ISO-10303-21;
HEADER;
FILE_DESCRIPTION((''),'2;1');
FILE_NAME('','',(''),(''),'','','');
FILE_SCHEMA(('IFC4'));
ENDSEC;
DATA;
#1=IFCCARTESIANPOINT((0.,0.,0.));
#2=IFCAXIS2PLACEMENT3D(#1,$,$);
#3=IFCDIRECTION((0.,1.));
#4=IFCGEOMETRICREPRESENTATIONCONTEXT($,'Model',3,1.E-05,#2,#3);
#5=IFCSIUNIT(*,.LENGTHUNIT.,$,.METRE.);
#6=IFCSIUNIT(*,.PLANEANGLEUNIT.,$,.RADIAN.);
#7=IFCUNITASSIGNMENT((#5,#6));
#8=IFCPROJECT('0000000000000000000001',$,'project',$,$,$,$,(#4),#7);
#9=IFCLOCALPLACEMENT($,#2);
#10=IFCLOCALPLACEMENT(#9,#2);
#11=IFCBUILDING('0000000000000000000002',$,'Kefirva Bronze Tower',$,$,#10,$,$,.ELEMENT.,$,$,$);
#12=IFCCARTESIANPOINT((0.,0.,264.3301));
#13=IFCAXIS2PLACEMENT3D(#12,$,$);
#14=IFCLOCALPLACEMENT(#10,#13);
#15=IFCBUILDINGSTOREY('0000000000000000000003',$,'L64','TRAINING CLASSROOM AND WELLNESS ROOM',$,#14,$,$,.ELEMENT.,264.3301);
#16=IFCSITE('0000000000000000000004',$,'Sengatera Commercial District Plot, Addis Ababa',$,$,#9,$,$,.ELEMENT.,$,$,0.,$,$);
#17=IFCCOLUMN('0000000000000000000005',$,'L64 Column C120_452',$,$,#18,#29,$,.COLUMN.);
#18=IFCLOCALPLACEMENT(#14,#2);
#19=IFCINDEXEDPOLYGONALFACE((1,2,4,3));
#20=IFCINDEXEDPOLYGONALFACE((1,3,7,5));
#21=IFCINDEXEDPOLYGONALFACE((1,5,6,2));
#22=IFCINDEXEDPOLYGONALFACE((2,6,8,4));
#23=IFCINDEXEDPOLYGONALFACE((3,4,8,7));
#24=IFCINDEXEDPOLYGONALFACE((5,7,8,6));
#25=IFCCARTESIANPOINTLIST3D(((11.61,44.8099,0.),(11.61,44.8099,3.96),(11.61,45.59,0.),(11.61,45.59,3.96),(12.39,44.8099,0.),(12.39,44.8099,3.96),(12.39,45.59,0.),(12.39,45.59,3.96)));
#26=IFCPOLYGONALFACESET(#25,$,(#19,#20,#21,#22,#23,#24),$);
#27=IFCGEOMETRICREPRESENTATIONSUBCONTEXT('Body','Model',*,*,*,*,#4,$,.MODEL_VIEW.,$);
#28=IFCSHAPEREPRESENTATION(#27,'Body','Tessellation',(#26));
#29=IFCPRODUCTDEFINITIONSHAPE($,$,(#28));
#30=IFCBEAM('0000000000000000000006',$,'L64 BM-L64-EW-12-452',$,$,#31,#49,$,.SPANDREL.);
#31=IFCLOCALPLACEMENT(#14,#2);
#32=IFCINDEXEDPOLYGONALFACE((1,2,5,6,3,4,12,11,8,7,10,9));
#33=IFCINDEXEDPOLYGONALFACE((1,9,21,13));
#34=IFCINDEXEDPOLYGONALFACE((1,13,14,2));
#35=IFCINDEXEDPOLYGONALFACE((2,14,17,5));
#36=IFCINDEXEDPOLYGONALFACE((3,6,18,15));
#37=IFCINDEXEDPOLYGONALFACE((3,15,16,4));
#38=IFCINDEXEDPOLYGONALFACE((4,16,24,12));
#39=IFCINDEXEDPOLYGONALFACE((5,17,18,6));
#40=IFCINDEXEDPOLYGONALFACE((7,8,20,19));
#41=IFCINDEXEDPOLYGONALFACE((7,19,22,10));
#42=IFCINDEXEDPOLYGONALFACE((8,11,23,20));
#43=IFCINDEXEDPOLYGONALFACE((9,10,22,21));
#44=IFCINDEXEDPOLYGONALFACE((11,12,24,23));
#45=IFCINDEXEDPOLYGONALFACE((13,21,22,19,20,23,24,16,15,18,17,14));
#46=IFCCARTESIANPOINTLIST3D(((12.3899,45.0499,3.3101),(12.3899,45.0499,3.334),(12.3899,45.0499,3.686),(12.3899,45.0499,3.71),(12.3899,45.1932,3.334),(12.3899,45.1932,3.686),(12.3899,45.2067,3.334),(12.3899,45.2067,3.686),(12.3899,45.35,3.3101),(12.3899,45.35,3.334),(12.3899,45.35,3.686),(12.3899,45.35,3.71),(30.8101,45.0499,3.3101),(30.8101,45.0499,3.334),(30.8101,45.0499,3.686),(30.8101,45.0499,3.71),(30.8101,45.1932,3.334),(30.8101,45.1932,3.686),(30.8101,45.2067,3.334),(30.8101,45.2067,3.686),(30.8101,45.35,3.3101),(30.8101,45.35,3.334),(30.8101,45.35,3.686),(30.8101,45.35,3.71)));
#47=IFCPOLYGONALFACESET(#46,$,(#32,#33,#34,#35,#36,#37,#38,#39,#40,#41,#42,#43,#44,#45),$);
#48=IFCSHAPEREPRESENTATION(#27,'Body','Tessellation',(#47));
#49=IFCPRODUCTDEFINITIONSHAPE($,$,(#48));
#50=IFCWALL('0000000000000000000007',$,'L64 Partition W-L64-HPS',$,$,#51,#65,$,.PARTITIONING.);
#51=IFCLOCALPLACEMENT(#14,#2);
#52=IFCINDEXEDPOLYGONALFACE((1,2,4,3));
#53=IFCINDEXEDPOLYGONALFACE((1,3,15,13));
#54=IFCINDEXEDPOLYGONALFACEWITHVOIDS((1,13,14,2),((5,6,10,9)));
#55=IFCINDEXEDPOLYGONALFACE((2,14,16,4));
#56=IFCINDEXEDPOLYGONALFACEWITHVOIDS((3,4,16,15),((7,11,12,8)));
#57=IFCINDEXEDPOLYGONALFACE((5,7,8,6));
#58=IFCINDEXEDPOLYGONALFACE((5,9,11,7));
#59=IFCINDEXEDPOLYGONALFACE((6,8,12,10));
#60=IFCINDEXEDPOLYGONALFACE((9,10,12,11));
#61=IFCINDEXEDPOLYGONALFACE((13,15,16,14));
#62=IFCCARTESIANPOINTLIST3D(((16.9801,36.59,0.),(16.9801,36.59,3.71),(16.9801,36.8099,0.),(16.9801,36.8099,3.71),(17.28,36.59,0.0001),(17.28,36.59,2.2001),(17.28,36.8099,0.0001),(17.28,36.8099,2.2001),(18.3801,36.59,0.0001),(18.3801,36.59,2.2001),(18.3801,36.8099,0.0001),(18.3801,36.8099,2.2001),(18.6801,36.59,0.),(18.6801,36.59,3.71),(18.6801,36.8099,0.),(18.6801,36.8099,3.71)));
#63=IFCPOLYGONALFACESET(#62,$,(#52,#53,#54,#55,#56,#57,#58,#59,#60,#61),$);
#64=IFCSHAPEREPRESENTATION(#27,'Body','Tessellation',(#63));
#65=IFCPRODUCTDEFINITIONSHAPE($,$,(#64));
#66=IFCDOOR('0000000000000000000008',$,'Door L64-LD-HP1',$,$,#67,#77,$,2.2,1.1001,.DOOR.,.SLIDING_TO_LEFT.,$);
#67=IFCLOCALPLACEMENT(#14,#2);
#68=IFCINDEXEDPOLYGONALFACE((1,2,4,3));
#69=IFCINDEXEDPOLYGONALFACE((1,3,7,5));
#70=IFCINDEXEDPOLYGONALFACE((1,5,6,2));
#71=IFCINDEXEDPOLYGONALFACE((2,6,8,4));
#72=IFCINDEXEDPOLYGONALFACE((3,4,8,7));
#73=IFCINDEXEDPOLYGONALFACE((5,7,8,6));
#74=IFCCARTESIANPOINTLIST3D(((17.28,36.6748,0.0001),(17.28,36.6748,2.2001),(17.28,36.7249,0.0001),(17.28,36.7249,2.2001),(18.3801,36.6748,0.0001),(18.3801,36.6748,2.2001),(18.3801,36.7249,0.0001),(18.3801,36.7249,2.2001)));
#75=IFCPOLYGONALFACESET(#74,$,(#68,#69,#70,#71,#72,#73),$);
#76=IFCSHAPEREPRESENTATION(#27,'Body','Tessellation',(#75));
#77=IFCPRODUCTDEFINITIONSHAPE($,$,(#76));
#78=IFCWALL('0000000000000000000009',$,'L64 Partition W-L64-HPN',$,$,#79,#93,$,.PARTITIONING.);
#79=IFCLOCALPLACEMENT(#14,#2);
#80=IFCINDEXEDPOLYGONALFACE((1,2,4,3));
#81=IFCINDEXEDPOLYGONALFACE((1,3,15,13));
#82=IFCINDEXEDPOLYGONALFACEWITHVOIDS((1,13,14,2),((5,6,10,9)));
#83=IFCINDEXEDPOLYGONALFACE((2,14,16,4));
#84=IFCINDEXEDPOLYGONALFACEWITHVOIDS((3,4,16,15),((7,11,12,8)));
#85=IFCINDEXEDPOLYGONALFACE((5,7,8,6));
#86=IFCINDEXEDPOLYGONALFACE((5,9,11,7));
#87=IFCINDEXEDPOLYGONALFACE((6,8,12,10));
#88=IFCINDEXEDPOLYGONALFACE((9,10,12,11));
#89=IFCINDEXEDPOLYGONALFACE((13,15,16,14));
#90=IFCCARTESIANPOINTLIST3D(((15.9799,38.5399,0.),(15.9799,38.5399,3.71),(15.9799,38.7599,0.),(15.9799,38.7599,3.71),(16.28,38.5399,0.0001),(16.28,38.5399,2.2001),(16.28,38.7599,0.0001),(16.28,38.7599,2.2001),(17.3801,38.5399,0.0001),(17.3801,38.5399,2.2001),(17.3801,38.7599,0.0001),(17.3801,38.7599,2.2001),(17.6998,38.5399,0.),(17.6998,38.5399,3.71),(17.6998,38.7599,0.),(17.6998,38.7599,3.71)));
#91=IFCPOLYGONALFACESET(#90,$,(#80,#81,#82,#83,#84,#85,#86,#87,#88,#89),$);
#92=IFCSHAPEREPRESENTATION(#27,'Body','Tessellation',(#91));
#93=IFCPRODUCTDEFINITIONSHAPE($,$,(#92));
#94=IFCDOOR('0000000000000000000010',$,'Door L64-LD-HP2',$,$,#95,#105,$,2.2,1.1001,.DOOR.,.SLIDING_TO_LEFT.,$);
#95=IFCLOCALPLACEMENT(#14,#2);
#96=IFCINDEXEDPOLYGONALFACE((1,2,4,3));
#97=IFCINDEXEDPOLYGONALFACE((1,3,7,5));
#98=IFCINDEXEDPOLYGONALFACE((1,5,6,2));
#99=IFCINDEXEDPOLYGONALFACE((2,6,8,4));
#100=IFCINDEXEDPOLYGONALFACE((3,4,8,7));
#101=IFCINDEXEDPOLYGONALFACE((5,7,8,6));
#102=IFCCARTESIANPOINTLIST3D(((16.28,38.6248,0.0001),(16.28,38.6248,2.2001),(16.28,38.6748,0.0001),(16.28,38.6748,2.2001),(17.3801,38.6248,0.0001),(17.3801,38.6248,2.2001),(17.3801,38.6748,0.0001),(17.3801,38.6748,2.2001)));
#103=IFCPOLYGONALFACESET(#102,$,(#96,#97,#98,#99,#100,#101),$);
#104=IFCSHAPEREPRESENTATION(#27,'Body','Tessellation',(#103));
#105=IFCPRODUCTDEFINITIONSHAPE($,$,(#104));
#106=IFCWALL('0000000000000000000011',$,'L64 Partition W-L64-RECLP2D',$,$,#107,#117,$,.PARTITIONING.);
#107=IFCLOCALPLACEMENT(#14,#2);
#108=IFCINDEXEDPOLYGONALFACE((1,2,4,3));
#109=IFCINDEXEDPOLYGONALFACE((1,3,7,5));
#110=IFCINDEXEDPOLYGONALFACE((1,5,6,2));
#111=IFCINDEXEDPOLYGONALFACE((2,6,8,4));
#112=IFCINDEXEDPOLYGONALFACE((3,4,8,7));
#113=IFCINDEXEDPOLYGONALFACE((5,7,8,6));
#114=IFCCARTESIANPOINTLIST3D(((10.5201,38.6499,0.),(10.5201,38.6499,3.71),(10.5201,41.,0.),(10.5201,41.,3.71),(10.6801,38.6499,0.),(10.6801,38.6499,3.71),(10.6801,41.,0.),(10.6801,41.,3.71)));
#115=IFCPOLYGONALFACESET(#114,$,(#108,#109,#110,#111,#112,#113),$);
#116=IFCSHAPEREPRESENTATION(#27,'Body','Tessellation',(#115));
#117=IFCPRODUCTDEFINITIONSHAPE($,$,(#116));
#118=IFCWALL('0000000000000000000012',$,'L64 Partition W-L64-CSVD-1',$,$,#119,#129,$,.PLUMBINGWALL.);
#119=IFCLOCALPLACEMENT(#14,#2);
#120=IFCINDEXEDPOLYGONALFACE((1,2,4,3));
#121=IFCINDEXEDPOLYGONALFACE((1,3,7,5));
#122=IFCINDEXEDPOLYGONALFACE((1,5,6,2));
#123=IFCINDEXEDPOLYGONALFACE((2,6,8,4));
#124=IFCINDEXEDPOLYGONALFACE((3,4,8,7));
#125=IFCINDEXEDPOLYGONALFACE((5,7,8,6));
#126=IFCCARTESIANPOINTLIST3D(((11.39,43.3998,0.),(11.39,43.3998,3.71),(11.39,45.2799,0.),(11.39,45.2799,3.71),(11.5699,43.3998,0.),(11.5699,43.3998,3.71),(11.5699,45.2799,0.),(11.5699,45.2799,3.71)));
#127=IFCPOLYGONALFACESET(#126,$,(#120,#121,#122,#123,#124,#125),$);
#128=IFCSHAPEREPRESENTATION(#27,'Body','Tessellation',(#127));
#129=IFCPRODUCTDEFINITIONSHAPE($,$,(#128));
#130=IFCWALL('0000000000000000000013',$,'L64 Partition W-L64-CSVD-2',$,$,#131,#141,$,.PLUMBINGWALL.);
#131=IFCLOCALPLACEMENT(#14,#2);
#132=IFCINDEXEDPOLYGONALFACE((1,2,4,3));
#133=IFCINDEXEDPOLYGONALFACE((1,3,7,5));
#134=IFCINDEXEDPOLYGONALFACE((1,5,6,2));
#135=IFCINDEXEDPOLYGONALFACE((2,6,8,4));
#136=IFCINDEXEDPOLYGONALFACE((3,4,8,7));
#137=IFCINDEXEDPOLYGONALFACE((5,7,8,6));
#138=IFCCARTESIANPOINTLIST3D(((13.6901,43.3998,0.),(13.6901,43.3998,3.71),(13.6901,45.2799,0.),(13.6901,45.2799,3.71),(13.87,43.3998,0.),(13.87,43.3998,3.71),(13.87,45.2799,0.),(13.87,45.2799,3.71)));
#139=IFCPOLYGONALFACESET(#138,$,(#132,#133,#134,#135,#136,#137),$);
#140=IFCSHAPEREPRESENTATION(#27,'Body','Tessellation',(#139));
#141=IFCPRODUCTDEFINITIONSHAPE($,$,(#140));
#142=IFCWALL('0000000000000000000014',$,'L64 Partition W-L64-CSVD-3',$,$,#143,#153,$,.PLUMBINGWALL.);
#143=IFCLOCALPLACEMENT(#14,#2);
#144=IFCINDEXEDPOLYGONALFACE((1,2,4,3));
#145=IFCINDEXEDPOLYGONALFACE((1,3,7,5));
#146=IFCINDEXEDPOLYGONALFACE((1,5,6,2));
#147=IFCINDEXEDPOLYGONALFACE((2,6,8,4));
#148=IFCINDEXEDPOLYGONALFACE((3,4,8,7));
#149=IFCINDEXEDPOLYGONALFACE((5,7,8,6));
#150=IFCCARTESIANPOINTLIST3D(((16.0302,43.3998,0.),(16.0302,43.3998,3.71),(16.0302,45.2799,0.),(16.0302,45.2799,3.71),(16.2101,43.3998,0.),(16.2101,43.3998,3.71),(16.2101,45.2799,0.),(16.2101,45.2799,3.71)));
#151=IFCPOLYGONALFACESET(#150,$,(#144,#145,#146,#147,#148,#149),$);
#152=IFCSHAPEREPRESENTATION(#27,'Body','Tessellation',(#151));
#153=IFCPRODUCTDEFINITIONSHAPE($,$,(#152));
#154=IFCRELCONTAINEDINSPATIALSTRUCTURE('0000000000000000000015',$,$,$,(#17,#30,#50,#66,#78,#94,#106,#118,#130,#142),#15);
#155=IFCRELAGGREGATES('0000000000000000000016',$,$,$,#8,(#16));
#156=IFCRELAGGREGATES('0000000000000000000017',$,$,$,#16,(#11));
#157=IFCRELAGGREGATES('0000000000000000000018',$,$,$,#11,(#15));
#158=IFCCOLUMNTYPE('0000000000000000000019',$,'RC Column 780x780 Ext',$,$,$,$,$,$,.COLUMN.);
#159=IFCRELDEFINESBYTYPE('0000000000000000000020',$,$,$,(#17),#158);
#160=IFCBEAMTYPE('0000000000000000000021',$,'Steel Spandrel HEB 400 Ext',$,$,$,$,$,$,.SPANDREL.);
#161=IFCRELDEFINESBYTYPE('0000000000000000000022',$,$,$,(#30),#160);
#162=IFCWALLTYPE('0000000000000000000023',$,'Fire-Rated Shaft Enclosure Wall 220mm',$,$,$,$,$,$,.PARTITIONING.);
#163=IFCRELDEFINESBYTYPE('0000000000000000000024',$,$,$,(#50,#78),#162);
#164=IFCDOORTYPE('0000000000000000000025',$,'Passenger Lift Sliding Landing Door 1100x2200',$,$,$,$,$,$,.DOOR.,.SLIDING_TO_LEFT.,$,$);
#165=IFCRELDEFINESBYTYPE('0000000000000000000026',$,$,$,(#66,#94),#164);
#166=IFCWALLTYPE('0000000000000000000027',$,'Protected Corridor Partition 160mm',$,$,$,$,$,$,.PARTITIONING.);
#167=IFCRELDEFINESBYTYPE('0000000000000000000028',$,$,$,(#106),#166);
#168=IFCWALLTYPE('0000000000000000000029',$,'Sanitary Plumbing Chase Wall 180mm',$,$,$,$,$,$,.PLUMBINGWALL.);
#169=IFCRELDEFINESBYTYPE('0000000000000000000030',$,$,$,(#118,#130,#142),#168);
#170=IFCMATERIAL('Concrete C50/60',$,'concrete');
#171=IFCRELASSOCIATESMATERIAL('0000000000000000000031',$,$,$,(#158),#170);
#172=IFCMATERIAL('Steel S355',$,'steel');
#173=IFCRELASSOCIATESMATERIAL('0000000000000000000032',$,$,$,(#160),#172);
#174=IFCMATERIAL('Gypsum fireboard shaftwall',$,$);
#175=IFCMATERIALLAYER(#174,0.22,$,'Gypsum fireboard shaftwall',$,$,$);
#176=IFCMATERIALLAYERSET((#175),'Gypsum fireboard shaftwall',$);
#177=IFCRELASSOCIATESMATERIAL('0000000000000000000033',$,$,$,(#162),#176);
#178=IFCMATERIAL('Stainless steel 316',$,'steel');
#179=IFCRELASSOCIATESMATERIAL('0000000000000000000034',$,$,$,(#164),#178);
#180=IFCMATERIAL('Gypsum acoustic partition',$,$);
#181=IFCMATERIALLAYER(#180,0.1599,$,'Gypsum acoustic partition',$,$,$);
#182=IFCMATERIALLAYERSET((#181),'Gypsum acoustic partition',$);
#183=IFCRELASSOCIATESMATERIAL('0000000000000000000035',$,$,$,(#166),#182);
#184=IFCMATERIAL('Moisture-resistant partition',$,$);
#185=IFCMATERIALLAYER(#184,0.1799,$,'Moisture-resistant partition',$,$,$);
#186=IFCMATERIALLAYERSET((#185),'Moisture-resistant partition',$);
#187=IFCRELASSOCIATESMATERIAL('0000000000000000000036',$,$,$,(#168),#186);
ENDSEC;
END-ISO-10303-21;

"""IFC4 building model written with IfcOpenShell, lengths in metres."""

from ifc_helpers import new_model, si_unit, direction, frame, frame_2d, origin, origin_2d, place, context, subcontext, project, spatial, rectangle, i_section, extrude, material, layer, layer_set, material_profile, profile_set, type_object, element, fill, save


model = new_model("IFC4")

# Units and contexts
model_context = context("Model", 3, precision=1e-05, world=origin(), true_north=direction((0.0, 1.0)))
body_context = subcontext(model_context, "Body", "Model", "MODEL_VIEW")
ifc_project = project(units=[si_unit("LENGTHUNIT", "METRE"), si_unit("PLANEANGLEUNIT", "RADIAN")], contexts=[model_context])

# Site, building, storey
site_placement = place(None, origin())
site = spatial("IfcSite", under=ifc_project, at=site_placement, Name="Sengatera Commercial District Plot, Addis Ababa", CompositionType="ELEMENT", RefElevation=0.0)
building_placement = place(site_placement, origin())
building = spatial("IfcBuilding", under=site, at=building_placement, Name="Kefirva Bronze Tower", CompositionType="ELEMENT")
storey_placement = place(building_placement, frame((0.0, 0.0, 264.3301)))
storey = spatial("IfcBuildingStorey", under=building, at=storey_placement, Name="L64", Description="TRAINING CLASSROOM AND WELLNESS ROOM", CompositionType="ELEMENT", Elevation=264.3301)

# Column
ifc_material_1 = material(Name="Concrete C50/60", Category="concrete")
ifc_material_profile_1 = material_profile(ifc_material_1, rectangle(XDim=0.78, YDim=0.78, at=origin_2d()), Name="RC 780x780")
ifc_profile_set_1 = profile_set([ifc_material_profile_1], Name="Concrete C50/60")
column_type = type_object("IfcColumnType", Name="RC Column 780x780 Ext", PredefinedType="COLUMN", material=ifc_profile_set_1)
column_placement = place(storey_placement, frame((12.0, 45.2, 0.0), z_axis=(0.0, 0.0, 1.0), x_axis=(1.0, 0.0, 0.0)))
element("IfcColumn", 1, at=column_placement, inside=storey, type_object=column_type, Name="L64 Column C120_452", PredefinedType="COLUMN", context=body_context, shape_type="SweptSolid", body=[
    extrude(rectangle(XDim=0.78, YDim=0.78, at=origin_2d()), origin(), (0.0, 0.0, 1.0), 3.96),
])

# Beam
ifc_material_2 = material(Name="Steel S355", Category="steel")
ifc_material_profile_2 = material_profile(ifc_material_2, i_section(OverallWidth=0.3, OverallDepth=0.3999, WebThickness=0.0134, FlangeThickness=0.0239, at=origin_2d()), Name="HEB 400")
ifc_profile_set_2 = profile_set([ifc_material_profile_2], Name="Steel S355")
beam_type = type_object("IfcBeamType", Name="Steel Spandrel HEB 400 Ext", PredefinedType="SPANDREL", material=ifc_profile_set_2)
beam_placement = place(storey_placement, frame((12.3899, 45.2, 3.51), z_axis=(1.0, 0.0, 0.0), x_axis=(0.0, 1.0, 0.0)))
element("IfcBeam", 2, at=beam_placement, inside=storey, type_object=beam_type, Name="L64 BM-L64-EW-12-452", PredefinedType="SPANDREL", context=body_context, shape_type="SweptSolid", body=[
    extrude(i_section(OverallWidth=0.3, OverallDepth=0.3999, WebThickness=0.0134, FlangeThickness=0.0239, at=origin_2d()), origin(), (0.0, 0.0, 1.0), 18.4202),
])

# Walls, openings, doors
ifc_material_3 = material(Name="Gypsum acoustic partition")
ifc_material_4 = material(Name="Gypsum fireboard shaftwall")
ifc_layer_1 = layer(ifc_material_4, 0.22, Name="Gypsum fireboard shaftwall")
ifc_layer_set_1 = layer_set([ifc_layer_1], Name="Gypsum fireboard shaftwall")
wall_type_1 = type_object("IfcWallType", Name="Fire-Rated Shaft Enclosure Wall 220mm", PredefinedType="PARTITIONING", material=ifc_layer_set_1)
wall_1_placement = place(storey_placement, frame((16.98, 36.7, 0.0), z_axis=(0.0, 0.0, 1.0), x_axis=(1.0, 0.0, 0.0)))
wall_1 = element("IfcWall", 3, at=wall_1_placement, inside=storey, type_object=wall_type_1, Name="L64 Partition W-L64-HPS", PredefinedType="PARTITIONING", context=body_context, shape_type="SweptSolid", body=[
    extrude(rectangle(XDim=1.7, YDim=0.22, at=frame_2d((0.8501, 0.0))), origin(), (0.0, 0.0, 1.0), 3.71),
])
opening_1_placement = place(wall_1_placement, frame((0.3, 0.0, 0.0)))
opening_1 = element("IfcOpeningElement", 4, at=opening_1_placement, cuts=wall_1, PredefinedType="OPENING", context=body_context, shape_type="SweptSolid", body=[
    extrude(rectangle(XDim=1.1001, YDim=2.2, at=frame_2d((0.55, 1.1001))), frame((0.0, 0.1201, 0.0), z_axis=(0.0, -1.0, 0.0), x_axis=(1.0, 0.0, 0.0)), (0.0, 0.0, 1.0), 0.24),
])
ifc_material_5 = material(Name="Stainless steel 316", Category="steel")
door_type_1 = type_object("IfcDoorType", Name="Passenger Lift Sliding Landing Door 1100x2200", OperationType="SLIDING_TO_LEFT", PredefinedType="DOOR", material=ifc_material_5)
door_1_placement = place(opening_1_placement, origin())
door_1 = element("IfcDoor", 5, at=door_1_placement, inside=storey, type_object=door_type_1, Name="Door L64-LD-HP1", OperationType="SLIDING_TO_LEFT", OverallHeight=2.2, OverallWidth=1.1001, PredefinedType="DOOR", context=body_context, shape_type="SweptSolid", body=[
    extrude(rectangle(XDim=1.1001, YDim=2.2, at=frame_2d((0.55, 1.1001))), frame((0.0, 0.0249, 0.0), z_axis=(0.0, -1.0, 0.0), x_axis=(1.0, 0.0, 0.0)), (0.0, 0.0, 1.0), 0.05),
])
fill(opening_1, door_1)
wall_2_placement = place(storey_placement, frame((15.98, 38.6499, 0.0), z_axis=(0.0, 0.0, 1.0), x_axis=(1.0, 0.0, 0.0)))
wall_2 = element("IfcWall", 6, at=wall_2_placement, inside=storey, type_object=wall_type_1, Name="L64 Partition W-L64-HPN", PredefinedType="PARTITIONING", context=body_context, shape_type="SweptSolid", body=[
    extrude(rectangle(XDim=1.72, YDim=0.22, at=frame_2d((0.8599, 0.0))), origin(), (0.0, 0.0, 1.0), 3.71),
])
opening_2_placement = place(wall_2_placement, frame((0.3, 0.0, 0.0)))
opening_2 = element("IfcOpeningElement", 7, at=opening_2_placement, cuts=wall_2, PredefinedType="OPENING", context=body_context, shape_type="SweptSolid", body=[
    extrude(rectangle(XDim=1.1001, YDim=2.2, at=frame_2d((0.55, 1.1001))), frame((0.0, 0.1201, 0.0), z_axis=(0.0, -1.0, 0.0), x_axis=(1.0, 0.0, 0.0)), (0.0, 0.0, 1.0), 0.24),
])
door_2_placement = place(opening_2_placement, origin())
door_2 = element("IfcDoor", 8, at=door_2_placement, inside=storey, type_object=door_type_1, Name="Door L64-LD-HP2", OperationType="SLIDING_TO_LEFT", OverallHeight=2.2, OverallWidth=1.1001, PredefinedType="DOOR", context=body_context, shape_type="SweptSolid", body=[
    extrude(rectangle(XDim=1.1001, YDim=2.2, at=frame_2d((0.55, 1.1001))), frame((0.0, 0.0249, 0.0), z_axis=(0.0, -1.0, 0.0), x_axis=(1.0, 0.0, 0.0)), (0.0, 0.0, 1.0), 0.05),
])
fill(opening_2, door_2)

# Shared definitions
ifc_layer_2 = layer(ifc_material_3, 0.1599, Name="Gypsum acoustic partition")
ifc_layer_set_2 = layer_set([ifc_layer_2], Name="Gypsum acoustic partition")
wall_type_2 = type_object("IfcWallType", Name="Protected Corridor Partition 160mm", PredefinedType="PARTITIONING", material=ifc_layer_set_2)

# Walls
wall_3_placement = place(storey_placement, frame((10.6001, 38.6499, 0.0), z_axis=(0.0, 0.0, 1.0), x_axis=(0.0, 1.0, 0.0)))
element("IfcWall", 9, at=wall_3_placement, inside=storey, type_object=wall_type_2, Name="L64 Partition W-L64-RECLP2D", PredefinedType="PARTITIONING", context=body_context, shape_type="SweptSolid", body=[
    extrude(rectangle(XDim=2.3501, YDim=0.1599, at=frame_2d((1.175, 0.0))), origin(), (0.0, 0.0, 1.0), 3.71),
])
ifc_material_6 = material(Name="Moisture-resistant partition")
ifc_layer_3 = layer(ifc_material_6, 0.1799, Name="Moisture-resistant partition")
ifc_layer_set_3 = layer_set([ifc_layer_3], Name="Moisture-resistant partition")
wall_type_3 = type_object("IfcWallType", Name="Sanitary Plumbing Chase Wall 180mm", PredefinedType="PLUMBINGWALL", material=ifc_layer_set_3)
for number, where, z_axis, x_axis, name in (
    (10, (11.48, 43.3999, 0.0), (0.0, 0.0, 1.0), (0.0, 1.0, 0.0), "L64 Partition W-L64-CSVD-1"),
    (11, (13.78, 43.3999, 0.0), (0.0, 0.0, 1.0), (0.0, 1.0, 0.0), "L64 Partition W-L64-CSVD-2"),
    (12, (16.1201, 43.3999, 0.0), (0.0, 0.0, 1.0), (0.0, 1.0, 0.0), "L64 Partition W-L64-CSVD-3"),
):
    element("IfcWall", number, at=place(storey_placement, frame(where, z_axis=z_axis, x_axis=x_axis)), inside=storey, type_object=wall_type_3, Name=name, PredefinedType="PLUMBINGWALL", context=body_context, shape_type="SweptSolid", body=[
        extrude(rectangle(XDim=1.8801, YDim=0.1799, at=frame_2d((0.9399, 0.0))), origin(), (0.0, 0.0, 1.0), 3.71),
    ])

save(model, "model.ifc")
